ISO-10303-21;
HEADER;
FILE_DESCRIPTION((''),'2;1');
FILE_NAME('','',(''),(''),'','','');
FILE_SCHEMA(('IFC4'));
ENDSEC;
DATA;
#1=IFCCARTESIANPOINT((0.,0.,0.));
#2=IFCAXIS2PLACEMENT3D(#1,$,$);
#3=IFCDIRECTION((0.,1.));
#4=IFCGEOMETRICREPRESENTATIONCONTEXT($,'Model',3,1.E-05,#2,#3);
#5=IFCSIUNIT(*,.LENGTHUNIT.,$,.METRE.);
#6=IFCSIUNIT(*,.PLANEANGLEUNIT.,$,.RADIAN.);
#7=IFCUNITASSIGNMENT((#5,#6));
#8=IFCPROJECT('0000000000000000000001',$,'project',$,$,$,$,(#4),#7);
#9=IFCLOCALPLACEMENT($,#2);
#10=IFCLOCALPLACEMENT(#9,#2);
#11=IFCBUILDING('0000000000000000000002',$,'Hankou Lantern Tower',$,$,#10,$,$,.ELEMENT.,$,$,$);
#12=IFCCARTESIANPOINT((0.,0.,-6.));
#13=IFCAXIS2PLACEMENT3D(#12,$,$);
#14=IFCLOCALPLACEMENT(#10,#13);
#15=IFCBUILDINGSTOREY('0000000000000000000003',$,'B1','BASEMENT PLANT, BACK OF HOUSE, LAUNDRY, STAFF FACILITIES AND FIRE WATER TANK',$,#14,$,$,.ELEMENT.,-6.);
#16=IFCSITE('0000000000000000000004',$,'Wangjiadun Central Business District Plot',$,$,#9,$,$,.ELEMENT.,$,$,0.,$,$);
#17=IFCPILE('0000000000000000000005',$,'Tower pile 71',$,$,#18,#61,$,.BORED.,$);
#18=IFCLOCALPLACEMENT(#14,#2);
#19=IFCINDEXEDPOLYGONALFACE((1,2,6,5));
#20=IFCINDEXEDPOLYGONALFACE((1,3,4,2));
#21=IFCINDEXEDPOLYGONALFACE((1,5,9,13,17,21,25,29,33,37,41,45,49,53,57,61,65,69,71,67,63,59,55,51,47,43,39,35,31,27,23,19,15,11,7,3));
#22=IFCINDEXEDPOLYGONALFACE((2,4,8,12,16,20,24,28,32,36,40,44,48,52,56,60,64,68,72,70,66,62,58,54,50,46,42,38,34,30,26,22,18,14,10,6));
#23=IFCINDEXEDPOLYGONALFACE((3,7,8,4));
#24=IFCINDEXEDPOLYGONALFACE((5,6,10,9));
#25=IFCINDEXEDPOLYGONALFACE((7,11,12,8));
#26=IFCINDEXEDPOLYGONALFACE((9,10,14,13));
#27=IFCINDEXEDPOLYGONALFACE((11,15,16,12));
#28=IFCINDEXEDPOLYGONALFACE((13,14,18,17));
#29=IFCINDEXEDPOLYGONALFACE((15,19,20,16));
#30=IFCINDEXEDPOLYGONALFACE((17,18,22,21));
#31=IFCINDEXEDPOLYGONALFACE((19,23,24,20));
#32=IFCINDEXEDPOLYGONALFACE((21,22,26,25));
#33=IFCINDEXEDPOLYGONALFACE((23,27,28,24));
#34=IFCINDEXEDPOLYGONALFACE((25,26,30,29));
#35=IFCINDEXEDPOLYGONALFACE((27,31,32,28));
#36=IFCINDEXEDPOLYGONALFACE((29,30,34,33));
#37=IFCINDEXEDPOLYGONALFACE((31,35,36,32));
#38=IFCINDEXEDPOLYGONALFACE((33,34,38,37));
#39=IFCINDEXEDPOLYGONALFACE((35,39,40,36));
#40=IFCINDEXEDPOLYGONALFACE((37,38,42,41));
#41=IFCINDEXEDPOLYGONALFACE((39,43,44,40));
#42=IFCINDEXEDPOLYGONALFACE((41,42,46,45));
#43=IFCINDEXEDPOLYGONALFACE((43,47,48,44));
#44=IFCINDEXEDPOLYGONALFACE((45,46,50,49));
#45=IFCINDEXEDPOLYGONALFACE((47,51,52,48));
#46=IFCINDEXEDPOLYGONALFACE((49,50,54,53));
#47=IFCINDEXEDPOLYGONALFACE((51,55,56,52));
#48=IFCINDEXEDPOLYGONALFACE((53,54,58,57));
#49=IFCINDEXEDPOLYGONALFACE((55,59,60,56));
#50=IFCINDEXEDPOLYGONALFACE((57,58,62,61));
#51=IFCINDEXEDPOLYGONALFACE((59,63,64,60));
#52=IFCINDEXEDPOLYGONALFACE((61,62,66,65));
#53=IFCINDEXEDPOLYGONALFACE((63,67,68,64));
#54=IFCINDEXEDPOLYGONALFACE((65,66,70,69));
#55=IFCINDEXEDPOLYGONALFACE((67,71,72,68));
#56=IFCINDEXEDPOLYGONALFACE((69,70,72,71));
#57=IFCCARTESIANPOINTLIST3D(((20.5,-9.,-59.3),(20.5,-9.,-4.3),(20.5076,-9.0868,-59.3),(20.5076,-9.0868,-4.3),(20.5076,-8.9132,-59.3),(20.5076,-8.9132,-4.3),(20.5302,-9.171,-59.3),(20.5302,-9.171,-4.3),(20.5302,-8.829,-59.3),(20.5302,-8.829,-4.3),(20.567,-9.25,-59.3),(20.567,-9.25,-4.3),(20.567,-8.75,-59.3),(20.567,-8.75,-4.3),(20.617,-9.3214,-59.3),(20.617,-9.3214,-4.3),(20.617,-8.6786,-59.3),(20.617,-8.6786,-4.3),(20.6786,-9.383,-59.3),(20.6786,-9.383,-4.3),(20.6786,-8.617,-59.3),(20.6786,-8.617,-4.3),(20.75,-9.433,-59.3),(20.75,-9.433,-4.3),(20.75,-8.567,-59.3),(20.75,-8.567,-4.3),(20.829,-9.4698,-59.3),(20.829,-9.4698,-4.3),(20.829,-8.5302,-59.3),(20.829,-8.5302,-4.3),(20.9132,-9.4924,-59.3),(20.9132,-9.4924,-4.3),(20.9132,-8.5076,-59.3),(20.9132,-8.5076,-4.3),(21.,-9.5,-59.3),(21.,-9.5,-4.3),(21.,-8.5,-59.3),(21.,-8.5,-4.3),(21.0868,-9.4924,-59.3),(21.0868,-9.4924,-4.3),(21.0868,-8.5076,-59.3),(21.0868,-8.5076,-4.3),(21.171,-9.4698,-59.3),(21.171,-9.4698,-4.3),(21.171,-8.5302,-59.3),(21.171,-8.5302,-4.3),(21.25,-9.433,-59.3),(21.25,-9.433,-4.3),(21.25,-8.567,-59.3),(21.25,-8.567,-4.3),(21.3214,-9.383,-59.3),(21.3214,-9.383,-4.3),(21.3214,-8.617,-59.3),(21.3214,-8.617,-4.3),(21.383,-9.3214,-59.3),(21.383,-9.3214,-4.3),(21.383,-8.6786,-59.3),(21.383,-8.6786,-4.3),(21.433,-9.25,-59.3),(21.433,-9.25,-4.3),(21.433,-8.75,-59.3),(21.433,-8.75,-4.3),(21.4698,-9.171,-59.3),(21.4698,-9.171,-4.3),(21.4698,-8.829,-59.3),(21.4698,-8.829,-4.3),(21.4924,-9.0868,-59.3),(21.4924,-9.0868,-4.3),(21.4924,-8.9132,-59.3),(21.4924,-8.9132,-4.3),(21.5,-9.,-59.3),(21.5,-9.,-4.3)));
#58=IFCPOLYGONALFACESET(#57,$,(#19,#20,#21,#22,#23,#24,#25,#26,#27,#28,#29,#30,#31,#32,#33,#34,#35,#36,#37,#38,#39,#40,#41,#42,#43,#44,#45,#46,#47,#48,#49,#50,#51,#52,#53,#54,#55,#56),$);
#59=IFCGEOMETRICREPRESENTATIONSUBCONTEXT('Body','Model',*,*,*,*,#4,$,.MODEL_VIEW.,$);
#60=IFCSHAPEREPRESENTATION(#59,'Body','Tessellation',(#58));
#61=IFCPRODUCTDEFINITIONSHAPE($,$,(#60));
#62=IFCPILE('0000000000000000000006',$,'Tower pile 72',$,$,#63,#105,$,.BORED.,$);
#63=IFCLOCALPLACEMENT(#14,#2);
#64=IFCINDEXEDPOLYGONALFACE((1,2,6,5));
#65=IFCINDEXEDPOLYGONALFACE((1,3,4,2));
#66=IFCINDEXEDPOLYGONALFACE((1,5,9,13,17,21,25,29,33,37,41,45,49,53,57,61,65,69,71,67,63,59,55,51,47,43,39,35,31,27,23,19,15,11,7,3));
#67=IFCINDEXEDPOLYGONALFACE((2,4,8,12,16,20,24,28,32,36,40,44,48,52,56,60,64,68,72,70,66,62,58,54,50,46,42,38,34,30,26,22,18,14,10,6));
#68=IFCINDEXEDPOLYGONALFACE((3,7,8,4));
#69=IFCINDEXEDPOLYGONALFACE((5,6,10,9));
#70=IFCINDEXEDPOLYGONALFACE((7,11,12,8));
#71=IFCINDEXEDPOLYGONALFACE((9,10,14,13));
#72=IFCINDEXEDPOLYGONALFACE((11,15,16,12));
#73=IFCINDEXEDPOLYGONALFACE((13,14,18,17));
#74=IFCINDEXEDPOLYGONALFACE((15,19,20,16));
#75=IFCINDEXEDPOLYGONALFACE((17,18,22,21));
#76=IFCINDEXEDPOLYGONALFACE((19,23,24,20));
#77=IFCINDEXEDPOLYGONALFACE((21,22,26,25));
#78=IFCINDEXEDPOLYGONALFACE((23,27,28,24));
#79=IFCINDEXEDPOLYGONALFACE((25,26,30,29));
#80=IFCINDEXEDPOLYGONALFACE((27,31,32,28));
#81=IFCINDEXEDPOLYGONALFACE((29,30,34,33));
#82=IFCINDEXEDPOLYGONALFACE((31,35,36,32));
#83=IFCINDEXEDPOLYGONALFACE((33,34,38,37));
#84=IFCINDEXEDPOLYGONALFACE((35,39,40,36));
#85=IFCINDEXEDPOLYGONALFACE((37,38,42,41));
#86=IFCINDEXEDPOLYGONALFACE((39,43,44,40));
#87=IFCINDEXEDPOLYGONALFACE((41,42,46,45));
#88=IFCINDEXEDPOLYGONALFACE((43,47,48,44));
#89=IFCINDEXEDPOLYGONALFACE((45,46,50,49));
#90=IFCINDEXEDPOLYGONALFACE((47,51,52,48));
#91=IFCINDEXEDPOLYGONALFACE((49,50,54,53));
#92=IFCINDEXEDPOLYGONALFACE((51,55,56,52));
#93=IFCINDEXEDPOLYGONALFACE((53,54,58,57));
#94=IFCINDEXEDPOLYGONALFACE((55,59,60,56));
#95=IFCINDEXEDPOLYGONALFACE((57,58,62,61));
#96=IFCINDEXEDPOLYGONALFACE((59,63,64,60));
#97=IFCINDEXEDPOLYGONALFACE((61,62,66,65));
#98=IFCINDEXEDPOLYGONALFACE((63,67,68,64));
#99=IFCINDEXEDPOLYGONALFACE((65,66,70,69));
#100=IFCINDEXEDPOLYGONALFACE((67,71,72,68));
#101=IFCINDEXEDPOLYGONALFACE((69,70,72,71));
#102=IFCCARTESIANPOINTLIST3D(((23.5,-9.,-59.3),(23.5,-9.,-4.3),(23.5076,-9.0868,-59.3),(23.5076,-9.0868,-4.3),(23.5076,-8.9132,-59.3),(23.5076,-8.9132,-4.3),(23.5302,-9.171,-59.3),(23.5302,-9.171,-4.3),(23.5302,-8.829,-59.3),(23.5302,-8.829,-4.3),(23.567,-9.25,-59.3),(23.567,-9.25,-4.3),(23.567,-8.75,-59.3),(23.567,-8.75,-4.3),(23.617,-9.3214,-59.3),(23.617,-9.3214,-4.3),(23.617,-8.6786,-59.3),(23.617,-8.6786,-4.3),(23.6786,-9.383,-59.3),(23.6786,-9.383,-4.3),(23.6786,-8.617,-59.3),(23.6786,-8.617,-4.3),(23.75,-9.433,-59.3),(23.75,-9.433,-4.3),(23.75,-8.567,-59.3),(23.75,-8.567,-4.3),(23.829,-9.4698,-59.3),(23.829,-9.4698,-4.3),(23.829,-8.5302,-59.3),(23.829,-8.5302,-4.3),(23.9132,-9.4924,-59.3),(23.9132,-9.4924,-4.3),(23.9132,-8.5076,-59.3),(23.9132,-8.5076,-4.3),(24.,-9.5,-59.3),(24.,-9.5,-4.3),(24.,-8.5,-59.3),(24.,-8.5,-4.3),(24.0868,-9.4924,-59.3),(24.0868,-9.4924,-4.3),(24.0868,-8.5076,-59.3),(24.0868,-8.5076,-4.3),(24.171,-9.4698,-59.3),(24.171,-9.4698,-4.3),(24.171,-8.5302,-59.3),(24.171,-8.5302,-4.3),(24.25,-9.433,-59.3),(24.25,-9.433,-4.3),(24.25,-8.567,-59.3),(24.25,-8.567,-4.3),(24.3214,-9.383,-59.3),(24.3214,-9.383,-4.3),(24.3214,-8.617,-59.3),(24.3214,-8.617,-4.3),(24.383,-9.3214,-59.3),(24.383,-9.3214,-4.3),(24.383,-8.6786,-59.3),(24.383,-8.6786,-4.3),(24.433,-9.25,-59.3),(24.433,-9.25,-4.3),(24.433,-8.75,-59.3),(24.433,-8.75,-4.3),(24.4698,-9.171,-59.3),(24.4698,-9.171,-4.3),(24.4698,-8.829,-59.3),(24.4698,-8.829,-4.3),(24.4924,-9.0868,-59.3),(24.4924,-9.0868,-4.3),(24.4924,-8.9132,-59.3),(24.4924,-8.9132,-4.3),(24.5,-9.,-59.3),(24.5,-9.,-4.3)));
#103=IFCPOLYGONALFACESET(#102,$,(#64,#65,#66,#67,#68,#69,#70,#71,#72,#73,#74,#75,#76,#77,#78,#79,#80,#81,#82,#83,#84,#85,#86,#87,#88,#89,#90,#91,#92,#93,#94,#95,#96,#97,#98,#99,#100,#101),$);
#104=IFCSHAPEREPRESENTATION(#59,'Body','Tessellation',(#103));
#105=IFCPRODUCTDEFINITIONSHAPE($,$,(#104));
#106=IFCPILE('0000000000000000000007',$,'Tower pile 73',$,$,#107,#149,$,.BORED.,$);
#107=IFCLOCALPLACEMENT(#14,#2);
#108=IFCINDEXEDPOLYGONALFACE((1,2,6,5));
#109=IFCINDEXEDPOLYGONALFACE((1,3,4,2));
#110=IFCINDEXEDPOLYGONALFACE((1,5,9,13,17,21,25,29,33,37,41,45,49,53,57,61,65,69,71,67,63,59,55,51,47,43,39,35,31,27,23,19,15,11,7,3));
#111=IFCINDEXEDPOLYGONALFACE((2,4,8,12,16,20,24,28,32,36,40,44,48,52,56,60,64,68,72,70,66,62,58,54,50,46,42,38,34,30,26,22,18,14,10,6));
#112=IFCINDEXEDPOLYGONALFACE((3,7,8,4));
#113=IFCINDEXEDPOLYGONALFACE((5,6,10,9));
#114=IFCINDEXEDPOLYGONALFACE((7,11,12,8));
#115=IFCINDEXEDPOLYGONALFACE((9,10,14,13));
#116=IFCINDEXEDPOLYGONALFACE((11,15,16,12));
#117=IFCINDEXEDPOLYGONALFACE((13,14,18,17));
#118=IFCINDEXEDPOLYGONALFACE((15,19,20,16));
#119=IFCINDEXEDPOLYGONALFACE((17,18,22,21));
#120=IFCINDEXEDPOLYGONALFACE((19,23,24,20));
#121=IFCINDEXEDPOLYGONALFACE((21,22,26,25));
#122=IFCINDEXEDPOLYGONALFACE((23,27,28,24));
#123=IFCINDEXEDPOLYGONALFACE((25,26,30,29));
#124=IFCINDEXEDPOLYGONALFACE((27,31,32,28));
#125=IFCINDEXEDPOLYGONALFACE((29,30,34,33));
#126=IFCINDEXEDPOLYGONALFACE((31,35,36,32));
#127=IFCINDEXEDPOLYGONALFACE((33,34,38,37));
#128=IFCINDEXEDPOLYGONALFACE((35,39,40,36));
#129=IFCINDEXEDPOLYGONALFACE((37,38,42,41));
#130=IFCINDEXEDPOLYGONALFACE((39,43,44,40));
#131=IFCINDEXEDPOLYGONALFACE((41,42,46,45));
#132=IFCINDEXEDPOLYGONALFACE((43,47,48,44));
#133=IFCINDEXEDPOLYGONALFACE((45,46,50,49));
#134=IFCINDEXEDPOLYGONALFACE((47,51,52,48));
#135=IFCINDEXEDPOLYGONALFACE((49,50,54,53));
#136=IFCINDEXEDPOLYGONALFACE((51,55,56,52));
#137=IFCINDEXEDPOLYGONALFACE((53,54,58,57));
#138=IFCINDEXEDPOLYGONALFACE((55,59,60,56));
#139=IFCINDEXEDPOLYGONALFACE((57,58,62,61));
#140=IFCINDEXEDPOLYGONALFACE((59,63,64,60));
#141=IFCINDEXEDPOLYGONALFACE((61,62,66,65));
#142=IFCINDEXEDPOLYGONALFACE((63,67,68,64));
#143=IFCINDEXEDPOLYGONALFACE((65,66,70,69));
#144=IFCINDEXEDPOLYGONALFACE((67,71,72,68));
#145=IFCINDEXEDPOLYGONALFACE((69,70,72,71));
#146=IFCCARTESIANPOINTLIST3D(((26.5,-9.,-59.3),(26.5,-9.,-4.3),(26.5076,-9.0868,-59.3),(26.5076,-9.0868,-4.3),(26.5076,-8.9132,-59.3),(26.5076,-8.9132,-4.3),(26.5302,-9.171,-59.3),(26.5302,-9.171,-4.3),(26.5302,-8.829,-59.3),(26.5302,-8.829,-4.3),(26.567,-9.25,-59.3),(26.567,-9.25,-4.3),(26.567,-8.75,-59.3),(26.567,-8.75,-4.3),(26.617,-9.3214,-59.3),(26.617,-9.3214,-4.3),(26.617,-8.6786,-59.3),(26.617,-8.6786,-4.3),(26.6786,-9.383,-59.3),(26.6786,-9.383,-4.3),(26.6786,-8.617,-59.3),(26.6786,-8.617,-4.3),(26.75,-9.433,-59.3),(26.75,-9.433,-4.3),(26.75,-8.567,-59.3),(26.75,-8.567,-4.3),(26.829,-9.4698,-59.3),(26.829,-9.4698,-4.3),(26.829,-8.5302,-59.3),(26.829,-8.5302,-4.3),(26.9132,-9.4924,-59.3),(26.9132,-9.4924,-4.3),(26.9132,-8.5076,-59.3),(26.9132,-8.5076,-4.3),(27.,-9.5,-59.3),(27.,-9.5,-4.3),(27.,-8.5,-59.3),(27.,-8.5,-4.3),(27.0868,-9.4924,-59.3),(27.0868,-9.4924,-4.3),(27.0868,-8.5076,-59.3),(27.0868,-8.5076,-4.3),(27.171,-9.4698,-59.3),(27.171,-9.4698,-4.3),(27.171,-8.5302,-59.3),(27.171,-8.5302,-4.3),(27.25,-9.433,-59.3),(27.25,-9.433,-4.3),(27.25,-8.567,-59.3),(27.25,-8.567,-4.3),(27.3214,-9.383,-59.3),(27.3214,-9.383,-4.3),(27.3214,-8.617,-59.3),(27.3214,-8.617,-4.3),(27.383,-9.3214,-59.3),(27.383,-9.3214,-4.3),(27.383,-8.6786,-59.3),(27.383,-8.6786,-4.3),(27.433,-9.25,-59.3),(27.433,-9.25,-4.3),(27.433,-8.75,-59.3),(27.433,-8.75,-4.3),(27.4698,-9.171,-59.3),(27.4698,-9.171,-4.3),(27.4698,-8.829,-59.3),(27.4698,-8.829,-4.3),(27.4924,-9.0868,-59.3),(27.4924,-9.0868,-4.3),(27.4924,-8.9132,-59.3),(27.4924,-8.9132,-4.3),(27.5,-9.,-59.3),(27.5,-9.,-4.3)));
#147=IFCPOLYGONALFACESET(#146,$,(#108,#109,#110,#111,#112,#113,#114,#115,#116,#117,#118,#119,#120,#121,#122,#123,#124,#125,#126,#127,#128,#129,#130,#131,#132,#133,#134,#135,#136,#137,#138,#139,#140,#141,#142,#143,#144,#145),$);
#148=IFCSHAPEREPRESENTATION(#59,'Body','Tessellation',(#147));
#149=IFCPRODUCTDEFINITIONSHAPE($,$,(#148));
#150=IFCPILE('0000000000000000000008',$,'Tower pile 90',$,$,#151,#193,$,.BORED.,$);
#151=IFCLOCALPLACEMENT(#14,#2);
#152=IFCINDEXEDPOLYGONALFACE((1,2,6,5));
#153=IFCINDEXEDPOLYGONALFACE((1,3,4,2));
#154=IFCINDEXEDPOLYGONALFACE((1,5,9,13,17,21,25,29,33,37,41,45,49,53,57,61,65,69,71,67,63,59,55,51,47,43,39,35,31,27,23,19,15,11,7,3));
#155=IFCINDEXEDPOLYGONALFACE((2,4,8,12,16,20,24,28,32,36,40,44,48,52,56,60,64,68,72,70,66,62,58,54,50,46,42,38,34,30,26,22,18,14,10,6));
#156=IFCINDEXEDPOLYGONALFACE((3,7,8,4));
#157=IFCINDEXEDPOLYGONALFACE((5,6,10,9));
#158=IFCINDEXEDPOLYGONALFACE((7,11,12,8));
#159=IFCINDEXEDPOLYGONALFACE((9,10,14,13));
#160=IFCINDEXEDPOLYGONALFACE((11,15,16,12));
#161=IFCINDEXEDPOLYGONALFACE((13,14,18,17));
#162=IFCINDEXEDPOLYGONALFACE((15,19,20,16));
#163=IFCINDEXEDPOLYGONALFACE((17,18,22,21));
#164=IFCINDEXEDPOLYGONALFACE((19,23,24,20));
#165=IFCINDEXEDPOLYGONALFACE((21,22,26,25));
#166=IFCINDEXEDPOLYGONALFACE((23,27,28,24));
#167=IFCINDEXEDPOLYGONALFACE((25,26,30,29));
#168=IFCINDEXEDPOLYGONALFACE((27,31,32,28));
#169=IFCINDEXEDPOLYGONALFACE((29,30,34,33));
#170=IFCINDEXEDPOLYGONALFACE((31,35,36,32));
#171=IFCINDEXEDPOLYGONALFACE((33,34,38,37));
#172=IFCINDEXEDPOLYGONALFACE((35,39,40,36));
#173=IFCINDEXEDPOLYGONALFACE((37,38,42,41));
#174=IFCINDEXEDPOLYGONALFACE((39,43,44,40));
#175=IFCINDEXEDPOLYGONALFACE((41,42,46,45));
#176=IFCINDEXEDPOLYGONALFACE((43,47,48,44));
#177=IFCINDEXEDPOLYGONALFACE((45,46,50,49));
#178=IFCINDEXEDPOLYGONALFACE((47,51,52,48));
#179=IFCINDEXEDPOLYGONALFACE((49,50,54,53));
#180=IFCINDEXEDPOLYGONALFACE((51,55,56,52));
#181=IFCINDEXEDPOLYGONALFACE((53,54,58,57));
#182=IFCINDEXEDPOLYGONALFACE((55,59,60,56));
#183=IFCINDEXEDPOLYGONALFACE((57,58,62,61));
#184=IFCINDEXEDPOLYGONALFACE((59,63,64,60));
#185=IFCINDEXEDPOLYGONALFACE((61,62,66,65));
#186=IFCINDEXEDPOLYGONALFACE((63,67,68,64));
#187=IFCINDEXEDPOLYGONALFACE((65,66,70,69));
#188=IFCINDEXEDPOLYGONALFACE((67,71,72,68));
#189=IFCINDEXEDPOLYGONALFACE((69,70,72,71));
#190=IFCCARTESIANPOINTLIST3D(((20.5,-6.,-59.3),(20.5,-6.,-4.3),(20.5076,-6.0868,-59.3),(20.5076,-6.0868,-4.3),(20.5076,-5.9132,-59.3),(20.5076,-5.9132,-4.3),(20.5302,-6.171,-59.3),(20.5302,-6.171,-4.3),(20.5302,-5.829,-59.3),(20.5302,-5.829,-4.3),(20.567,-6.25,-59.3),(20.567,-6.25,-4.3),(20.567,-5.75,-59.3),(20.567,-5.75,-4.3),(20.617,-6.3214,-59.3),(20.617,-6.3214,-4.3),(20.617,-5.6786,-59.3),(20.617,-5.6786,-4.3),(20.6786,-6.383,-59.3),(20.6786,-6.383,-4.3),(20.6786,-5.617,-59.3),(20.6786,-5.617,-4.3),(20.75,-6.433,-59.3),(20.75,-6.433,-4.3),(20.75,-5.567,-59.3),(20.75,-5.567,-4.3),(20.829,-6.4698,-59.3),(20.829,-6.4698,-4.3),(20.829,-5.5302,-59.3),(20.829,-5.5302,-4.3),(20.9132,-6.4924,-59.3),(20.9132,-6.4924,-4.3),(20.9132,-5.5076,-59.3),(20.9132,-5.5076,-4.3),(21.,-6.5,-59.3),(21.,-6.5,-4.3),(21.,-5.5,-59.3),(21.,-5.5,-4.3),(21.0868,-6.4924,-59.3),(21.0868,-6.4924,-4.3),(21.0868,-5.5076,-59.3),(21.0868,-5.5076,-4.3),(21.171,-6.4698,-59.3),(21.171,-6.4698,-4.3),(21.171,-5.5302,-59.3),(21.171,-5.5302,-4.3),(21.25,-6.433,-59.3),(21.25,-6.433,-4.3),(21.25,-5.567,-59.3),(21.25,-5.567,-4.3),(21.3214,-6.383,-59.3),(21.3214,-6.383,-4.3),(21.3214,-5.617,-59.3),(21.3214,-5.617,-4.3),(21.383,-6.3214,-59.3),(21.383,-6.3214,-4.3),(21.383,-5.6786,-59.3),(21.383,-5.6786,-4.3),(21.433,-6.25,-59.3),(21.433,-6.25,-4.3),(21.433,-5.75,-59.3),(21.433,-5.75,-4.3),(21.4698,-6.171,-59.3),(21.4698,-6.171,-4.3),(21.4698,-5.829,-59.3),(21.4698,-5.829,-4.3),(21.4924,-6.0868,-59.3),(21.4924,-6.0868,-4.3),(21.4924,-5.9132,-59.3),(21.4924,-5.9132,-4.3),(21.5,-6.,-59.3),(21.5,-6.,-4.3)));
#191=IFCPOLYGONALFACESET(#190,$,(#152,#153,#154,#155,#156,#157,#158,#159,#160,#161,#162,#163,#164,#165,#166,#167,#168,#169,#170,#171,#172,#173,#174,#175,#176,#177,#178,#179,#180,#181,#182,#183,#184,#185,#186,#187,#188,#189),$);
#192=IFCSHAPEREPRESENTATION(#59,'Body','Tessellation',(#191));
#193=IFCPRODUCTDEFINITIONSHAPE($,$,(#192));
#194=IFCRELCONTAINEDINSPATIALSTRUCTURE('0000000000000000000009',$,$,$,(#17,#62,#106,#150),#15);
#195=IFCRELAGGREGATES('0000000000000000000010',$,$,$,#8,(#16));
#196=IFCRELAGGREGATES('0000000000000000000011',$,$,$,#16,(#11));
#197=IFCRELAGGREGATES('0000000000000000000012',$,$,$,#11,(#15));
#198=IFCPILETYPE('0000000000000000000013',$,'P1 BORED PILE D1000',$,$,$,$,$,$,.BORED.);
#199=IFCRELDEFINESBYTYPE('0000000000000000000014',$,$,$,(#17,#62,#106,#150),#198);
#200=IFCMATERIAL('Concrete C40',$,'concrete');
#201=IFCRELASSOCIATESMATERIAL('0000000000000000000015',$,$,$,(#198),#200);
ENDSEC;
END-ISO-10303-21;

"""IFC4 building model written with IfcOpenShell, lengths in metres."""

from ifc_helpers import new_model, si_unit, direction, frame, origin, origin_2d, place, context, subcontext, project, spatial, circle, extrude, material, material_profile, profile_set, type_object, element, save


model = new_model("IFC4")

# Units and contexts
model_context = context("Model", 3, precision=1e-05, world=origin(), true_north=direction((0.0, 1.0)))
body_context = subcontext(model_context, "Body", "Model", "MODEL_VIEW")
ifc_project = project(units=[si_unit("LENGTHUNIT", "METRE"), si_unit("PLANEANGLEUNIT", "RADIAN")], contexts=[model_context])

# Site, building, storey
site_placement = place(None, origin())
site = spatial("IfcSite", under=ifc_project, at=site_placement, Name="Wangjiadun Central Business District Plot", CompositionType="ELEMENT", RefElevation=0.0)
building_placement = place(site_placement, origin())
building = spatial("IfcBuilding", under=site, at=building_placement, Name="Hankou Lantern Tower", CompositionType="ELEMENT")
storey_placement = place(building_placement, frame((0.0, 0.0, -6.0)))
storey = spatial("IfcBuildingStorey", under=building, at=storey_placement, Name="B1", Description="BASEMENT PLANT, BACK OF HOUSE, LAUNDRY, STAFF FACILITIES AND FIRE WATER TANK", CompositionType="ELEMENT", Elevation=-6.0)

# Piles
ifc_material_1 = material(Name="Concrete C40", Category="concrete")
ifc_material_profile_1 = material_profile(ifc_material_1, circle(Radius=0.5, at=origin_2d()), Name="RC D1000")
ifc_profile_set_1 = profile_set([ifc_material_profile_1], Name="Concrete C40")
pile_type_1 = type_object("IfcPileType", Name="P1 BORED PILE D1000", PredefinedType="BORED", material=ifc_profile_set_1)
for number, where, z_axis, x_axis, name in (
    (1, (21.0, -9.0, -4.3), (0.0, 0.0, -1.0), (1.0, 0.0, 0.0), "Tower pile 71"),
    (2, (24.0, -9.0, -4.3), (0.0, 0.0, -1.0), (1.0, 0.0, 0.0), "Tower pile 72"),
    (3, (27.0, -9.0, -4.3), (0.0, 0.0, -1.0), (1.0, 0.0, 0.0), "Tower pile 73"),
    (4, (21.0, -6.0, -4.3), (0.0, 0.0, -1.0), (1.0, 0.0, 0.0), "Tower pile 90"),
):
    element("IfcPile", number, at=place(storey_placement, frame(where, z_axis=z_axis, x_axis=x_axis)), inside=storey, type_object=pile_type_1, Name=name, PredefinedType="BORED", context=body_context, shape_type="SweptSolid", body=[
        extrude(circle(Radius=0.5, at=origin_2d()), origin(), (0.0, 0.0, 1.0), 55.0),
    ])

save(model, "model.ifc")
